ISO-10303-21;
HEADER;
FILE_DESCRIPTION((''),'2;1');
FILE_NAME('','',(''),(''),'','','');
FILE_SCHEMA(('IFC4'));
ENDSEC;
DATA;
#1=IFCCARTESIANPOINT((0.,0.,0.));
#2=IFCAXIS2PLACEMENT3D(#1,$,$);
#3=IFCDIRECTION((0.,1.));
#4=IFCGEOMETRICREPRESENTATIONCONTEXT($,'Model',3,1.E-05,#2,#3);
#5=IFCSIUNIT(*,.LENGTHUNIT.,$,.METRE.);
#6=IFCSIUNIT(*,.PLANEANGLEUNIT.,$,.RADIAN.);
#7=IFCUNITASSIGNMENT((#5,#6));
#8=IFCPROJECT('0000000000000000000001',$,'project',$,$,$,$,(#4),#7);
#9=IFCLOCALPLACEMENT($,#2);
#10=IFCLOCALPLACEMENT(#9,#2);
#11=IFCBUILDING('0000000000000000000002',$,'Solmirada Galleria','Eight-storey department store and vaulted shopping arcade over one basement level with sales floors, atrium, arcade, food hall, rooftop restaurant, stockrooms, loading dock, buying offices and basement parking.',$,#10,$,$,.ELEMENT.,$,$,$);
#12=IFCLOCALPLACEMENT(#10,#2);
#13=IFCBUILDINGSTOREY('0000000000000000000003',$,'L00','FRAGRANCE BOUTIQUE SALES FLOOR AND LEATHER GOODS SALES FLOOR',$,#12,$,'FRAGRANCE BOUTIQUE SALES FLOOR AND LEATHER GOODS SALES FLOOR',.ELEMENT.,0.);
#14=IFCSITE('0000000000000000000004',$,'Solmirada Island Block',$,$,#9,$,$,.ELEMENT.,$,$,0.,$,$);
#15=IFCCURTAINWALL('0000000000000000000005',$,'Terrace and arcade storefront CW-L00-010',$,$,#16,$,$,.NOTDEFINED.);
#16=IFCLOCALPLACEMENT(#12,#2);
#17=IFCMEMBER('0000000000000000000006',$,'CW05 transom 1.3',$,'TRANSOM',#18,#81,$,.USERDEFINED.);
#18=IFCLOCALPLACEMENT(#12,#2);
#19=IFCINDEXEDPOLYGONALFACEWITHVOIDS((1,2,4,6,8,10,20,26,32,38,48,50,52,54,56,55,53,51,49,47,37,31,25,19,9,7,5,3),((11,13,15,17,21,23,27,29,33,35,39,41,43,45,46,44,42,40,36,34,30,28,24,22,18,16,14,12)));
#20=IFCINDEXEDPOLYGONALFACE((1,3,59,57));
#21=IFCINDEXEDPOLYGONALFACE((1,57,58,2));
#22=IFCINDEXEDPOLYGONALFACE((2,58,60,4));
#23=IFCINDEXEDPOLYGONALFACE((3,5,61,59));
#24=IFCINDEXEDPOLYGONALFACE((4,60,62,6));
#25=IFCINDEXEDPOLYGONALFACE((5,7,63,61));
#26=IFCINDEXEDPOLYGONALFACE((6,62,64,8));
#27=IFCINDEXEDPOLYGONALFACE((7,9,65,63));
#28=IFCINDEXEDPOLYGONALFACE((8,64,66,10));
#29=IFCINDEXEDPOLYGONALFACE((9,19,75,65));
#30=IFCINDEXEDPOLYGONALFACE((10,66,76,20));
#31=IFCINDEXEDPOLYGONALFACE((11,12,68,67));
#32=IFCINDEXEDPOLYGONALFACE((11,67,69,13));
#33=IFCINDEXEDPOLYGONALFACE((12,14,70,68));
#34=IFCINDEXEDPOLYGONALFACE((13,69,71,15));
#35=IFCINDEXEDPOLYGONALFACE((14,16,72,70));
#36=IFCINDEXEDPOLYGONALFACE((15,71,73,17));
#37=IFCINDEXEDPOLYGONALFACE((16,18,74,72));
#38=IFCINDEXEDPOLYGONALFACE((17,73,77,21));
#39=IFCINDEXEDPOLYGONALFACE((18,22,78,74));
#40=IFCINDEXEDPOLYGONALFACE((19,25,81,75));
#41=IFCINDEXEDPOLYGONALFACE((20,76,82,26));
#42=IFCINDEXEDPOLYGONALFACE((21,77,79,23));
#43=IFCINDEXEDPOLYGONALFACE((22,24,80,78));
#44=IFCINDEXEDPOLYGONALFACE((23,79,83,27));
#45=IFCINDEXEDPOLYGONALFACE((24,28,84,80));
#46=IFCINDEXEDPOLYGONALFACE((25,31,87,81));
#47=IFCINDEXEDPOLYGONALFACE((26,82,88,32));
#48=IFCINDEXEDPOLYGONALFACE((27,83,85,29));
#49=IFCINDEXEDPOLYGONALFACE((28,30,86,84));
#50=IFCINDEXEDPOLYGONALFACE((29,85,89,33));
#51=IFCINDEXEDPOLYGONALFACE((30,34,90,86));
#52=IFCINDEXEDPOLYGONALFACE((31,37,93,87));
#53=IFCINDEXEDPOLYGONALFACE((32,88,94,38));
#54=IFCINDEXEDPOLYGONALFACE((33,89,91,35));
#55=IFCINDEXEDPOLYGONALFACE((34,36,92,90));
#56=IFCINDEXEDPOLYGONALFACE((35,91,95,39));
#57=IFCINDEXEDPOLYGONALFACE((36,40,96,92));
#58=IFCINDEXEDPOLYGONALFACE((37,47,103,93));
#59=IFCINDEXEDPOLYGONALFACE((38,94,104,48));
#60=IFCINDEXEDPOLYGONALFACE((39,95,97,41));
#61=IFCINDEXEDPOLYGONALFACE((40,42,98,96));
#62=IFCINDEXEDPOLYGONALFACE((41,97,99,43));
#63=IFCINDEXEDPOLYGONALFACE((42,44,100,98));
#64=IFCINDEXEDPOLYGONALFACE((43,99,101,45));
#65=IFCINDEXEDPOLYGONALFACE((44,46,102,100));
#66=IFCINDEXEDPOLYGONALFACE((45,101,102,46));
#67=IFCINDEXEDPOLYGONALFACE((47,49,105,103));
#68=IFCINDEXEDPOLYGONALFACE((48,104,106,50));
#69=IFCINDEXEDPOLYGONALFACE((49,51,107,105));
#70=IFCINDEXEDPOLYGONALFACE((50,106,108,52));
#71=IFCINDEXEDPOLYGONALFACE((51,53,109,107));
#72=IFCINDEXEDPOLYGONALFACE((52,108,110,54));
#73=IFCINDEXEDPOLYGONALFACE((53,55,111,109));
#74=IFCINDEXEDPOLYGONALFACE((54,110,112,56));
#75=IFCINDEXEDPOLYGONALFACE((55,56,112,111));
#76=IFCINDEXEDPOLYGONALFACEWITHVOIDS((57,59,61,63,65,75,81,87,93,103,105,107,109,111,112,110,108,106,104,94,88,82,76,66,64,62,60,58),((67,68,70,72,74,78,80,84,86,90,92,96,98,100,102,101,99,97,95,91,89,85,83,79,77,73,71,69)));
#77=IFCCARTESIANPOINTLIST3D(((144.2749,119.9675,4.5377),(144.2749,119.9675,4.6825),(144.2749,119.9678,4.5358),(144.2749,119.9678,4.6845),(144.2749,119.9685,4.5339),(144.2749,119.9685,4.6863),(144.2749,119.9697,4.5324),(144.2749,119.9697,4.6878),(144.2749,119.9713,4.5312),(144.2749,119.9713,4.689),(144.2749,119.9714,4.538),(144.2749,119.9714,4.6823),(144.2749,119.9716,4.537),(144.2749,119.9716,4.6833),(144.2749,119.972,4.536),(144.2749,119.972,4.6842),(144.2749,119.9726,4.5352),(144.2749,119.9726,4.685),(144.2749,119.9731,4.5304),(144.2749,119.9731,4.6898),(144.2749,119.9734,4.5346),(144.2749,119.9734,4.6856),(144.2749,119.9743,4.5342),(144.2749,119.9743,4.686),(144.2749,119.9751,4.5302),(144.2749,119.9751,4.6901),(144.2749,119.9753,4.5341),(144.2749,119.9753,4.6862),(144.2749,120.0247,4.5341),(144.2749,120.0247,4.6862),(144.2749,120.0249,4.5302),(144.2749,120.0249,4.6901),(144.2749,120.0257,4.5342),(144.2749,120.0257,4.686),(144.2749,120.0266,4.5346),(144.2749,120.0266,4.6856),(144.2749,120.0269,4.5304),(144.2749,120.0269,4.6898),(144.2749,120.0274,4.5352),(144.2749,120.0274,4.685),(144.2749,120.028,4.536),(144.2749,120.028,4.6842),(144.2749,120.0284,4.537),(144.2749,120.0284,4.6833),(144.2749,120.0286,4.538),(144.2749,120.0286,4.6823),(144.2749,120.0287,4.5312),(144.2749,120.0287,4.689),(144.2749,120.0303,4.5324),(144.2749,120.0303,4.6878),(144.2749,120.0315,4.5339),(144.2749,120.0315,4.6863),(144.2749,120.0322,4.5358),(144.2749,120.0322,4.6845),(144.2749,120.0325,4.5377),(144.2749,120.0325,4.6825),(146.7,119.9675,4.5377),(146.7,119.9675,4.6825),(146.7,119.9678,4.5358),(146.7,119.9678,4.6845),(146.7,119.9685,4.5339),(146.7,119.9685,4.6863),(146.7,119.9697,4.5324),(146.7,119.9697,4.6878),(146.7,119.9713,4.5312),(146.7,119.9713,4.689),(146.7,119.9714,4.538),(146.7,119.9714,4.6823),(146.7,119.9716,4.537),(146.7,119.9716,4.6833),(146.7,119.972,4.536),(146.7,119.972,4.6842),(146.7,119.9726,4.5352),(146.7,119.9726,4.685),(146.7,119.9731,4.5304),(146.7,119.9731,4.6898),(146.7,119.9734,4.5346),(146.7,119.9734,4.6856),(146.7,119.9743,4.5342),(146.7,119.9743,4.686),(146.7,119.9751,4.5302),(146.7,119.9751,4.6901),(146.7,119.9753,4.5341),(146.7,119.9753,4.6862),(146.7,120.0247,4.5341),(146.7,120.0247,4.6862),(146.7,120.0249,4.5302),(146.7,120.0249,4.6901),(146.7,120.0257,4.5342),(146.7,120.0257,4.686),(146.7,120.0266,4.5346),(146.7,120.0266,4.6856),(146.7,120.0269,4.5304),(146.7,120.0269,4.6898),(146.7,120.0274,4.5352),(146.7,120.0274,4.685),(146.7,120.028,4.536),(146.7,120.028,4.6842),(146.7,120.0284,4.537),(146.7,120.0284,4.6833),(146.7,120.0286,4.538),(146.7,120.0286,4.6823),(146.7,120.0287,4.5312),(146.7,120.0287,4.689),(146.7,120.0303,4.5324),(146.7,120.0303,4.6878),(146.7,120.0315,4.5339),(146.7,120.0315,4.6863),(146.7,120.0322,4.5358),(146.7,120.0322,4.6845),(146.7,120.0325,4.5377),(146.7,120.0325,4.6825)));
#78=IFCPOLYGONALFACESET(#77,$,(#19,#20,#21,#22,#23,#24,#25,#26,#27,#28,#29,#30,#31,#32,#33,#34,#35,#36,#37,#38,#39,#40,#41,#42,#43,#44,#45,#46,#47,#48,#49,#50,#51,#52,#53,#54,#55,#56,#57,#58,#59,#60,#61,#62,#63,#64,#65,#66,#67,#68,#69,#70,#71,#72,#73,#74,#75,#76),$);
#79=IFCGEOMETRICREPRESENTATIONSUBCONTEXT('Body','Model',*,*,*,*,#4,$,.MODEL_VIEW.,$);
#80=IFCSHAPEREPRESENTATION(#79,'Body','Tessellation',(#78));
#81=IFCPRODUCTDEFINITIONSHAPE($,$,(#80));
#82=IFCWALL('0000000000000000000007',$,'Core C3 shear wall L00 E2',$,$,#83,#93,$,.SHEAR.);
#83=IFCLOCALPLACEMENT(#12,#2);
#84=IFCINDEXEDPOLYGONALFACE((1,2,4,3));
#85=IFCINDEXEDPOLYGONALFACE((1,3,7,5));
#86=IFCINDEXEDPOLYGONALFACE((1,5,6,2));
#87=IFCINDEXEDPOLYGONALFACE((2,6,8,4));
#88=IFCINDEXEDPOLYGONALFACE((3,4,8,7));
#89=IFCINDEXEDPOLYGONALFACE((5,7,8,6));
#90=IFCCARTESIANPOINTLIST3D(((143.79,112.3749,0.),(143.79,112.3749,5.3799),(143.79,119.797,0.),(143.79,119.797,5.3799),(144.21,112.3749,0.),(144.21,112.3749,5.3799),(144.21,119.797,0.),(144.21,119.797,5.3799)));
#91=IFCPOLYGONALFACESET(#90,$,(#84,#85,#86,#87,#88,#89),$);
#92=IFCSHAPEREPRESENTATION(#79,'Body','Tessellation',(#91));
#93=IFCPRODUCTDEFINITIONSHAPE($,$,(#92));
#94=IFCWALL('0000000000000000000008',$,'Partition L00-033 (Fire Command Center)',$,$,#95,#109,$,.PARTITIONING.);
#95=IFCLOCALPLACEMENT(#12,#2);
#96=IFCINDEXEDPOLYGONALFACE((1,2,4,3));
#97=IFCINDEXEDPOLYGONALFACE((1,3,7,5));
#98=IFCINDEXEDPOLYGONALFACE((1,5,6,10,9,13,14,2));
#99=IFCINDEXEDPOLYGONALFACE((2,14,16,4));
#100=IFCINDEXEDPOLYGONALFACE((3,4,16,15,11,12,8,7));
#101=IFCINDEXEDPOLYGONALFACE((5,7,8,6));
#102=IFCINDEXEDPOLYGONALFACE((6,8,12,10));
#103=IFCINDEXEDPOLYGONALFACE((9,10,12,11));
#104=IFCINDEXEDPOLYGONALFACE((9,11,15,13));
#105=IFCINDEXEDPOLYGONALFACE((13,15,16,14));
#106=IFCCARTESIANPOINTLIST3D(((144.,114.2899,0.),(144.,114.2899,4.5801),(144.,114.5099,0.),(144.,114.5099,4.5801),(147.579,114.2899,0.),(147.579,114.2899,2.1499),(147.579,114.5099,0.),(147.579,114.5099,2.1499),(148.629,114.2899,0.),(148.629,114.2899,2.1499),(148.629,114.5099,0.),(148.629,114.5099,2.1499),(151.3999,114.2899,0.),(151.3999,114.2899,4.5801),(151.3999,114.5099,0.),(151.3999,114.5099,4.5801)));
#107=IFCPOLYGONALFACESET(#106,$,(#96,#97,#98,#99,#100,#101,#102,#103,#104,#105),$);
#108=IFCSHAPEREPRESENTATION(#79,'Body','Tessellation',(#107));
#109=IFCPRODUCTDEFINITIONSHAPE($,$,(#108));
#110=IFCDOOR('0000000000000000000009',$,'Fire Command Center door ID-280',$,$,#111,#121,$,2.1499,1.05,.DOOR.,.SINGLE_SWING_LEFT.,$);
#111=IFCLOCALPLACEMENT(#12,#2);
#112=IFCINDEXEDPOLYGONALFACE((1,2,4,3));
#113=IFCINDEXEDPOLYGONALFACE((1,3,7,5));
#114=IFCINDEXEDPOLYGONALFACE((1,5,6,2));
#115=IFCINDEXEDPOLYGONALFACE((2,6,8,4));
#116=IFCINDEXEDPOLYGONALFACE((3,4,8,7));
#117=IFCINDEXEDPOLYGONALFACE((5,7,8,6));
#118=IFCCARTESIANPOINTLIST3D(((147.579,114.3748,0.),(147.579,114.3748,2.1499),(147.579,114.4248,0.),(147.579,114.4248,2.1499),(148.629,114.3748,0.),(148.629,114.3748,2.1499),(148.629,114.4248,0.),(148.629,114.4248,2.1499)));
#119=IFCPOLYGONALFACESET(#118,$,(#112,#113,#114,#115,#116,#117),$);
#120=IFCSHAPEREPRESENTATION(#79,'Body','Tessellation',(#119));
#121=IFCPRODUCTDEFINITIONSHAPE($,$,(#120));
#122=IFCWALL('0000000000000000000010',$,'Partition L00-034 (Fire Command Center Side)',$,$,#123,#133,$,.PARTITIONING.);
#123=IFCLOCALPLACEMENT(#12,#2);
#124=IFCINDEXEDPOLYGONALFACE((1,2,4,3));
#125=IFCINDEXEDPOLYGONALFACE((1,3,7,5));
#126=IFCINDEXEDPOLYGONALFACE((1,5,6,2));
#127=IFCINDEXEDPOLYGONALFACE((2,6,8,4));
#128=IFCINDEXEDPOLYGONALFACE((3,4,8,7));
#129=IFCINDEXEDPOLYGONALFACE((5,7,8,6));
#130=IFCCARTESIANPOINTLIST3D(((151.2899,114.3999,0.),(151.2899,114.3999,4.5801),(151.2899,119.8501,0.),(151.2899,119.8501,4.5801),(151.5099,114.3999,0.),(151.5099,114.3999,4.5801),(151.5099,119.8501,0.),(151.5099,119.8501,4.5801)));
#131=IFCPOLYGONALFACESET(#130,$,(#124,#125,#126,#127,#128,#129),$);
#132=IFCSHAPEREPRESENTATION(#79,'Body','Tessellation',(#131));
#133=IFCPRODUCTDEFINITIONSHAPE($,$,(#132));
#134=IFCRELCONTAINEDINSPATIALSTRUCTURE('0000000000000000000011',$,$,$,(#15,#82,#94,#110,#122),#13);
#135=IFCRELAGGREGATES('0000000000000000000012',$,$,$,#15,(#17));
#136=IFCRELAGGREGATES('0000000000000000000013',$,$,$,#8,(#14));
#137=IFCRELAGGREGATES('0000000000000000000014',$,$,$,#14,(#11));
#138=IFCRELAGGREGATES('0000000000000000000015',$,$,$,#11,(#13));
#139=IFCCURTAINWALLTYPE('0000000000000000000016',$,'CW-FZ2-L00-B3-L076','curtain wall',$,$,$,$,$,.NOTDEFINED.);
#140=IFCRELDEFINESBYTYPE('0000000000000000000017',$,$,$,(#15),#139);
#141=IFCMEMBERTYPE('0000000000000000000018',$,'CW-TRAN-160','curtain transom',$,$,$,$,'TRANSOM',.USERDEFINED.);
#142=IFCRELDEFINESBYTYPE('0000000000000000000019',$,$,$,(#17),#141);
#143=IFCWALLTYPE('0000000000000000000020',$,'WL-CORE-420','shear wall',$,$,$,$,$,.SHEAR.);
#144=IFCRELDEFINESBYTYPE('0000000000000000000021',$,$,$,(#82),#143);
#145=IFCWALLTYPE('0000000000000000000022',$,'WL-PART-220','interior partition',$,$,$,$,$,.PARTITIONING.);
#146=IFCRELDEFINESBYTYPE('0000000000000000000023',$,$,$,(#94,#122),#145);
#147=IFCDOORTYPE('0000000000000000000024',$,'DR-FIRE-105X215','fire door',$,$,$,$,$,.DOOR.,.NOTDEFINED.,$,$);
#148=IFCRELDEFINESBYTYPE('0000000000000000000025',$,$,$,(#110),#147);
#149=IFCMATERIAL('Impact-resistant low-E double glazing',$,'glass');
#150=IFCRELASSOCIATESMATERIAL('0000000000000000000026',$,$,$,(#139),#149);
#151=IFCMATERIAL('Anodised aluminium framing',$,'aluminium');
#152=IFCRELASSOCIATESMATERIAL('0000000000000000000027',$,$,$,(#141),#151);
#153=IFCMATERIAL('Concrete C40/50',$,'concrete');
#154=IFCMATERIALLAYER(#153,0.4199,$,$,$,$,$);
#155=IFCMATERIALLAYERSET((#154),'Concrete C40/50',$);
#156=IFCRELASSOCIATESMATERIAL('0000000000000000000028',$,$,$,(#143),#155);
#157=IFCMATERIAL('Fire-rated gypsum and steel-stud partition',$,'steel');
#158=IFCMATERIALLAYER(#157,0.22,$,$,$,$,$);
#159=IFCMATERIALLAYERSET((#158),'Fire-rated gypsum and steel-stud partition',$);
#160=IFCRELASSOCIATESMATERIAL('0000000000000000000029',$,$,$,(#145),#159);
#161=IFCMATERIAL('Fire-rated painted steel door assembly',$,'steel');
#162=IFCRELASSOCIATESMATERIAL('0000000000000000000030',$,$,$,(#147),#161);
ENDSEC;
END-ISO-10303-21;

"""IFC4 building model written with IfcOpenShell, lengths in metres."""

from ifc_helpers import new_model, si_unit, direction, frame, frame_2d, origin, origin_2d, place, context, subcontext, project, spatial, rectangle, hollow_rectangle, extrude, material, layer, layer_set, material_profile, profile_set, type_object, element, fill, aggregate, save


model = new_model("IFC4")

# Units and contexts
model_context = context("Model", 3, precision=1e-05, world=origin(), true_north=direction((0.0, 1.0)))
body_context = subcontext(model_context, "Body", "Model", "MODEL_VIEW")
ifc_project = project(units=[si_unit("LENGTHUNIT", "METRE"), si_unit("PLANEANGLEUNIT", "RADIAN")], contexts=[model_context])

# Site, building, storey
site_placement = place(None, origin())
site = spatial("IfcSite", under=ifc_project, at=site_placement, Name="Solmirada Island Block", CompositionType="ELEMENT", RefElevation=0.0)
building_placement = place(site_placement, origin())
building = spatial("IfcBuilding", under=site, at=building_placement, Name="Solmirada Galleria", Description="Eight-storey department store and vaulted shopping arcade over one basement level with sales floors, atrium, arcade, food hall, rooftop restaurant, stockrooms, loading dock, buying offices and basement parking.", CompositionType="ELEMENT")
storey_placement = place(building_placement, origin())
storey = spatial("IfcBuildingStorey", under=building, at=storey_placement, Name="L00", Description="FRAGRANCE BOUTIQUE SALES FLOOR AND LEATHER GOODS SALES FLOOR", LongName="FRAGRANCE BOUTIQUE SALES FLOOR AND LEATHER GOODS SALES FLOOR", CompositionType="ELEMENT", Elevation=0.0)

# Shared definitions
ifc_material_1 = material(Name="Concrete C40/50", Category="concrete")

# Curtain wall, member
ifc_material_2 = material(Name="Impact-resistant low-E double glazing", Category="glass")
curtain_wall_type = type_object("IfcCurtainWallType", Name="CW-FZ2-L00-B3-L076", Description="curtain wall", PredefinedType="NOTDEFINED", material=ifc_material_2)
curtain_wall_placement = place(storey_placement, origin())
curtain_wall = element("IfcCurtainWall", 1, at=curtain_wall_placement, inside=storey, type_object=curtain_wall_type, Name="Terrace and arcade storefront CW-L00-010", PredefinedType="NOTDEFINED")
ifc_material_3 = material(Name="Anodised aluminium framing", Category="aluminium")
ifc_material_profile_1 = material_profile(ifc_material_3, hollow_rectangle(XDim=0.0649, YDim=0.1599, WallThickness=0.0039, InnerFilletRadius=0.0039, OuterFilletRadius=0.0076, at=origin_2d()), Name="ALU-TRAN-160X65")
ifc_profile_set_1 = profile_set([ifc_material_profile_1], Name="Anodised aluminium framing")
member_type_1 = type_object("IfcMemberType", Name="CW-TRAN-160", Description="curtain transom", ElementType="TRANSOM", PredefinedType="USERDEFINED", material=ifc_profile_set_1)
member_1_placement = place(storey_placement, frame((144.2749, 120.0, 4.6101), z_axis=(1.0, 0.0, 0.0), x_axis=(0.0, 1.0, 0.0)))
member_1 = element("IfcMember", 2, at=member_1_placement, type_object=member_type_1, Name="CW05 transom 1.3", ObjectType="TRANSOM", PredefinedType="USERDEFINED", context=body_context, shape_type="SweptSolid", body=[
    extrude(hollow_rectangle(XDim=0.0649, YDim=0.1599, WallThickness=0.0039, InnerFilletRadius=0.0039, OuterFilletRadius=0.0076, at=origin_2d()), origin(), (0.0, 0.0, 1.0), 2.425),
])
aggregate(curtain_wall, [member_1])

# Wall
ifc_layer_1 = layer(ifc_material_1, 0.4199)
ifc_layer_set_1 = layer_set([ifc_layer_1], Name="Concrete C40/50")
wall_type_1 = type_object("IfcWallType", Name="WL-CORE-420", Description="shear wall", PredefinedType="SHEAR", material=ifc_layer_set_1)
wall_1_placement = place(storey_placement, frame((144.0, 112.375, 0.0), z_axis=(0.0, 0.0, 1.0), x_axis=(0.0, 1.0, 0.0)))
element("IfcWall", 3, at=wall_1_placement, inside=storey, type_object=wall_type_1, Name="Core C3 shear wall L00 E2", PredefinedType="SHEAR", context=body_context, shape_type="SweptSolid", body=[
    extrude(rectangle(XDim=7.4221, YDim=0.4199, at=frame_2d((3.7109, 0.0))), origin(), (0.0, 0.0, 1.0), 5.3799),
])

# Wall, opening, door
ifc_material_4 = material(Name="Fire-rated gypsum and steel-stud partition", Category="steel")
ifc_layer_2 = layer(ifc_material_4, 0.22)
ifc_layer_set_2 = layer_set([ifc_layer_2], Name="Fire-rated gypsum and steel-stud partition")
wall_type_2 = type_object("IfcWallType", Name="WL-PART-220", Description="interior partition", PredefinedType="PARTITIONING", material=ifc_layer_set_2)
wall_2_placement = place(storey_placement, frame((144.0, 114.3999, 0.0), z_axis=(0.0, 0.0, 1.0), x_axis=(1.0, 0.0, 0.0)))
wall_2 = element("IfcWall", 4, at=wall_2_placement, inside=storey, type_object=wall_type_2, Name="Partition L00-033 (Fire Command Center)", PredefinedType="PARTITIONING", context=body_context, shape_type="SweptSolid", body=[
    extrude(rectangle(XDim=7.3999, YDim=0.22, at=frame_2d((3.7, 0.0))), origin(), (0.0, 0.0, 1.0), 4.5801),
])
opening_placement = place(wall_2_placement, frame((3.5791, 0.0, 0.0)))
opening = element("IfcOpeningElement", 5, at=opening_placement, cuts=wall_2, PredefinedType="OPENING", context=body_context, shape_type="SweptSolid", body=[
    extrude(rectangle(XDim=1.05, YDim=2.1499, at=frame_2d((0.5249, 1.075))), frame((0.0, 0.1199, 0.0), z_axis=(0.0, -1.0, 0.0), x_axis=(1.0, 0.0, 0.0)), (0.0, 0.0, 1.0), 0.24),
])
ifc_material_5 = material(Name="Fire-rated painted steel door assembly", Category="steel")
door_type = type_object("IfcDoorType", Name="DR-FIRE-105X215", Description="fire door", OperationType="NOTDEFINED", PredefinedType="DOOR", material=ifc_material_5)
door_placement = place(opening_placement, origin())
door = element("IfcDoor", 6, at=door_placement, inside=storey, type_object=door_type, Name="Fire Command Center door ID-280", OperationType="SINGLE_SWING_LEFT", OverallHeight=2.1499, OverallWidth=1.05, PredefinedType="DOOR", context=body_context, shape_type="SweptSolid", body=[
    extrude(rectangle(XDim=1.05, YDim=2.1499, at=frame_2d((0.5249, 1.075))), frame((0.0, 0.0249, 0.0), z_axis=(0.0, -1.0, 0.0), x_axis=(1.0, 0.0, 0.0)), (0.0, 0.0, 1.0), 0.05),
])
fill(opening, door)

# Wall
wall_3_placement = place(storey_placement, frame((151.3999, 114.3999, 0.0), z_axis=(0.0, 0.0, 1.0), x_axis=(0.0, 1.0, 0.0)))
element("IfcWall", 7, at=wall_3_placement, inside=storey, type_object=wall_type_2, Name="Partition L00-034 (Fire Command Center Side)", PredefinedType="PARTITIONING", context=body_context, shape_type="SweptSolid", body=[
    extrude(rectangle(XDim=5.4502, YDim=0.22, at=frame_2d((2.7251, 0.0))), origin(), (0.0, 0.0, 1.0), 4.5801),
])

save(model, "model.ifc")
